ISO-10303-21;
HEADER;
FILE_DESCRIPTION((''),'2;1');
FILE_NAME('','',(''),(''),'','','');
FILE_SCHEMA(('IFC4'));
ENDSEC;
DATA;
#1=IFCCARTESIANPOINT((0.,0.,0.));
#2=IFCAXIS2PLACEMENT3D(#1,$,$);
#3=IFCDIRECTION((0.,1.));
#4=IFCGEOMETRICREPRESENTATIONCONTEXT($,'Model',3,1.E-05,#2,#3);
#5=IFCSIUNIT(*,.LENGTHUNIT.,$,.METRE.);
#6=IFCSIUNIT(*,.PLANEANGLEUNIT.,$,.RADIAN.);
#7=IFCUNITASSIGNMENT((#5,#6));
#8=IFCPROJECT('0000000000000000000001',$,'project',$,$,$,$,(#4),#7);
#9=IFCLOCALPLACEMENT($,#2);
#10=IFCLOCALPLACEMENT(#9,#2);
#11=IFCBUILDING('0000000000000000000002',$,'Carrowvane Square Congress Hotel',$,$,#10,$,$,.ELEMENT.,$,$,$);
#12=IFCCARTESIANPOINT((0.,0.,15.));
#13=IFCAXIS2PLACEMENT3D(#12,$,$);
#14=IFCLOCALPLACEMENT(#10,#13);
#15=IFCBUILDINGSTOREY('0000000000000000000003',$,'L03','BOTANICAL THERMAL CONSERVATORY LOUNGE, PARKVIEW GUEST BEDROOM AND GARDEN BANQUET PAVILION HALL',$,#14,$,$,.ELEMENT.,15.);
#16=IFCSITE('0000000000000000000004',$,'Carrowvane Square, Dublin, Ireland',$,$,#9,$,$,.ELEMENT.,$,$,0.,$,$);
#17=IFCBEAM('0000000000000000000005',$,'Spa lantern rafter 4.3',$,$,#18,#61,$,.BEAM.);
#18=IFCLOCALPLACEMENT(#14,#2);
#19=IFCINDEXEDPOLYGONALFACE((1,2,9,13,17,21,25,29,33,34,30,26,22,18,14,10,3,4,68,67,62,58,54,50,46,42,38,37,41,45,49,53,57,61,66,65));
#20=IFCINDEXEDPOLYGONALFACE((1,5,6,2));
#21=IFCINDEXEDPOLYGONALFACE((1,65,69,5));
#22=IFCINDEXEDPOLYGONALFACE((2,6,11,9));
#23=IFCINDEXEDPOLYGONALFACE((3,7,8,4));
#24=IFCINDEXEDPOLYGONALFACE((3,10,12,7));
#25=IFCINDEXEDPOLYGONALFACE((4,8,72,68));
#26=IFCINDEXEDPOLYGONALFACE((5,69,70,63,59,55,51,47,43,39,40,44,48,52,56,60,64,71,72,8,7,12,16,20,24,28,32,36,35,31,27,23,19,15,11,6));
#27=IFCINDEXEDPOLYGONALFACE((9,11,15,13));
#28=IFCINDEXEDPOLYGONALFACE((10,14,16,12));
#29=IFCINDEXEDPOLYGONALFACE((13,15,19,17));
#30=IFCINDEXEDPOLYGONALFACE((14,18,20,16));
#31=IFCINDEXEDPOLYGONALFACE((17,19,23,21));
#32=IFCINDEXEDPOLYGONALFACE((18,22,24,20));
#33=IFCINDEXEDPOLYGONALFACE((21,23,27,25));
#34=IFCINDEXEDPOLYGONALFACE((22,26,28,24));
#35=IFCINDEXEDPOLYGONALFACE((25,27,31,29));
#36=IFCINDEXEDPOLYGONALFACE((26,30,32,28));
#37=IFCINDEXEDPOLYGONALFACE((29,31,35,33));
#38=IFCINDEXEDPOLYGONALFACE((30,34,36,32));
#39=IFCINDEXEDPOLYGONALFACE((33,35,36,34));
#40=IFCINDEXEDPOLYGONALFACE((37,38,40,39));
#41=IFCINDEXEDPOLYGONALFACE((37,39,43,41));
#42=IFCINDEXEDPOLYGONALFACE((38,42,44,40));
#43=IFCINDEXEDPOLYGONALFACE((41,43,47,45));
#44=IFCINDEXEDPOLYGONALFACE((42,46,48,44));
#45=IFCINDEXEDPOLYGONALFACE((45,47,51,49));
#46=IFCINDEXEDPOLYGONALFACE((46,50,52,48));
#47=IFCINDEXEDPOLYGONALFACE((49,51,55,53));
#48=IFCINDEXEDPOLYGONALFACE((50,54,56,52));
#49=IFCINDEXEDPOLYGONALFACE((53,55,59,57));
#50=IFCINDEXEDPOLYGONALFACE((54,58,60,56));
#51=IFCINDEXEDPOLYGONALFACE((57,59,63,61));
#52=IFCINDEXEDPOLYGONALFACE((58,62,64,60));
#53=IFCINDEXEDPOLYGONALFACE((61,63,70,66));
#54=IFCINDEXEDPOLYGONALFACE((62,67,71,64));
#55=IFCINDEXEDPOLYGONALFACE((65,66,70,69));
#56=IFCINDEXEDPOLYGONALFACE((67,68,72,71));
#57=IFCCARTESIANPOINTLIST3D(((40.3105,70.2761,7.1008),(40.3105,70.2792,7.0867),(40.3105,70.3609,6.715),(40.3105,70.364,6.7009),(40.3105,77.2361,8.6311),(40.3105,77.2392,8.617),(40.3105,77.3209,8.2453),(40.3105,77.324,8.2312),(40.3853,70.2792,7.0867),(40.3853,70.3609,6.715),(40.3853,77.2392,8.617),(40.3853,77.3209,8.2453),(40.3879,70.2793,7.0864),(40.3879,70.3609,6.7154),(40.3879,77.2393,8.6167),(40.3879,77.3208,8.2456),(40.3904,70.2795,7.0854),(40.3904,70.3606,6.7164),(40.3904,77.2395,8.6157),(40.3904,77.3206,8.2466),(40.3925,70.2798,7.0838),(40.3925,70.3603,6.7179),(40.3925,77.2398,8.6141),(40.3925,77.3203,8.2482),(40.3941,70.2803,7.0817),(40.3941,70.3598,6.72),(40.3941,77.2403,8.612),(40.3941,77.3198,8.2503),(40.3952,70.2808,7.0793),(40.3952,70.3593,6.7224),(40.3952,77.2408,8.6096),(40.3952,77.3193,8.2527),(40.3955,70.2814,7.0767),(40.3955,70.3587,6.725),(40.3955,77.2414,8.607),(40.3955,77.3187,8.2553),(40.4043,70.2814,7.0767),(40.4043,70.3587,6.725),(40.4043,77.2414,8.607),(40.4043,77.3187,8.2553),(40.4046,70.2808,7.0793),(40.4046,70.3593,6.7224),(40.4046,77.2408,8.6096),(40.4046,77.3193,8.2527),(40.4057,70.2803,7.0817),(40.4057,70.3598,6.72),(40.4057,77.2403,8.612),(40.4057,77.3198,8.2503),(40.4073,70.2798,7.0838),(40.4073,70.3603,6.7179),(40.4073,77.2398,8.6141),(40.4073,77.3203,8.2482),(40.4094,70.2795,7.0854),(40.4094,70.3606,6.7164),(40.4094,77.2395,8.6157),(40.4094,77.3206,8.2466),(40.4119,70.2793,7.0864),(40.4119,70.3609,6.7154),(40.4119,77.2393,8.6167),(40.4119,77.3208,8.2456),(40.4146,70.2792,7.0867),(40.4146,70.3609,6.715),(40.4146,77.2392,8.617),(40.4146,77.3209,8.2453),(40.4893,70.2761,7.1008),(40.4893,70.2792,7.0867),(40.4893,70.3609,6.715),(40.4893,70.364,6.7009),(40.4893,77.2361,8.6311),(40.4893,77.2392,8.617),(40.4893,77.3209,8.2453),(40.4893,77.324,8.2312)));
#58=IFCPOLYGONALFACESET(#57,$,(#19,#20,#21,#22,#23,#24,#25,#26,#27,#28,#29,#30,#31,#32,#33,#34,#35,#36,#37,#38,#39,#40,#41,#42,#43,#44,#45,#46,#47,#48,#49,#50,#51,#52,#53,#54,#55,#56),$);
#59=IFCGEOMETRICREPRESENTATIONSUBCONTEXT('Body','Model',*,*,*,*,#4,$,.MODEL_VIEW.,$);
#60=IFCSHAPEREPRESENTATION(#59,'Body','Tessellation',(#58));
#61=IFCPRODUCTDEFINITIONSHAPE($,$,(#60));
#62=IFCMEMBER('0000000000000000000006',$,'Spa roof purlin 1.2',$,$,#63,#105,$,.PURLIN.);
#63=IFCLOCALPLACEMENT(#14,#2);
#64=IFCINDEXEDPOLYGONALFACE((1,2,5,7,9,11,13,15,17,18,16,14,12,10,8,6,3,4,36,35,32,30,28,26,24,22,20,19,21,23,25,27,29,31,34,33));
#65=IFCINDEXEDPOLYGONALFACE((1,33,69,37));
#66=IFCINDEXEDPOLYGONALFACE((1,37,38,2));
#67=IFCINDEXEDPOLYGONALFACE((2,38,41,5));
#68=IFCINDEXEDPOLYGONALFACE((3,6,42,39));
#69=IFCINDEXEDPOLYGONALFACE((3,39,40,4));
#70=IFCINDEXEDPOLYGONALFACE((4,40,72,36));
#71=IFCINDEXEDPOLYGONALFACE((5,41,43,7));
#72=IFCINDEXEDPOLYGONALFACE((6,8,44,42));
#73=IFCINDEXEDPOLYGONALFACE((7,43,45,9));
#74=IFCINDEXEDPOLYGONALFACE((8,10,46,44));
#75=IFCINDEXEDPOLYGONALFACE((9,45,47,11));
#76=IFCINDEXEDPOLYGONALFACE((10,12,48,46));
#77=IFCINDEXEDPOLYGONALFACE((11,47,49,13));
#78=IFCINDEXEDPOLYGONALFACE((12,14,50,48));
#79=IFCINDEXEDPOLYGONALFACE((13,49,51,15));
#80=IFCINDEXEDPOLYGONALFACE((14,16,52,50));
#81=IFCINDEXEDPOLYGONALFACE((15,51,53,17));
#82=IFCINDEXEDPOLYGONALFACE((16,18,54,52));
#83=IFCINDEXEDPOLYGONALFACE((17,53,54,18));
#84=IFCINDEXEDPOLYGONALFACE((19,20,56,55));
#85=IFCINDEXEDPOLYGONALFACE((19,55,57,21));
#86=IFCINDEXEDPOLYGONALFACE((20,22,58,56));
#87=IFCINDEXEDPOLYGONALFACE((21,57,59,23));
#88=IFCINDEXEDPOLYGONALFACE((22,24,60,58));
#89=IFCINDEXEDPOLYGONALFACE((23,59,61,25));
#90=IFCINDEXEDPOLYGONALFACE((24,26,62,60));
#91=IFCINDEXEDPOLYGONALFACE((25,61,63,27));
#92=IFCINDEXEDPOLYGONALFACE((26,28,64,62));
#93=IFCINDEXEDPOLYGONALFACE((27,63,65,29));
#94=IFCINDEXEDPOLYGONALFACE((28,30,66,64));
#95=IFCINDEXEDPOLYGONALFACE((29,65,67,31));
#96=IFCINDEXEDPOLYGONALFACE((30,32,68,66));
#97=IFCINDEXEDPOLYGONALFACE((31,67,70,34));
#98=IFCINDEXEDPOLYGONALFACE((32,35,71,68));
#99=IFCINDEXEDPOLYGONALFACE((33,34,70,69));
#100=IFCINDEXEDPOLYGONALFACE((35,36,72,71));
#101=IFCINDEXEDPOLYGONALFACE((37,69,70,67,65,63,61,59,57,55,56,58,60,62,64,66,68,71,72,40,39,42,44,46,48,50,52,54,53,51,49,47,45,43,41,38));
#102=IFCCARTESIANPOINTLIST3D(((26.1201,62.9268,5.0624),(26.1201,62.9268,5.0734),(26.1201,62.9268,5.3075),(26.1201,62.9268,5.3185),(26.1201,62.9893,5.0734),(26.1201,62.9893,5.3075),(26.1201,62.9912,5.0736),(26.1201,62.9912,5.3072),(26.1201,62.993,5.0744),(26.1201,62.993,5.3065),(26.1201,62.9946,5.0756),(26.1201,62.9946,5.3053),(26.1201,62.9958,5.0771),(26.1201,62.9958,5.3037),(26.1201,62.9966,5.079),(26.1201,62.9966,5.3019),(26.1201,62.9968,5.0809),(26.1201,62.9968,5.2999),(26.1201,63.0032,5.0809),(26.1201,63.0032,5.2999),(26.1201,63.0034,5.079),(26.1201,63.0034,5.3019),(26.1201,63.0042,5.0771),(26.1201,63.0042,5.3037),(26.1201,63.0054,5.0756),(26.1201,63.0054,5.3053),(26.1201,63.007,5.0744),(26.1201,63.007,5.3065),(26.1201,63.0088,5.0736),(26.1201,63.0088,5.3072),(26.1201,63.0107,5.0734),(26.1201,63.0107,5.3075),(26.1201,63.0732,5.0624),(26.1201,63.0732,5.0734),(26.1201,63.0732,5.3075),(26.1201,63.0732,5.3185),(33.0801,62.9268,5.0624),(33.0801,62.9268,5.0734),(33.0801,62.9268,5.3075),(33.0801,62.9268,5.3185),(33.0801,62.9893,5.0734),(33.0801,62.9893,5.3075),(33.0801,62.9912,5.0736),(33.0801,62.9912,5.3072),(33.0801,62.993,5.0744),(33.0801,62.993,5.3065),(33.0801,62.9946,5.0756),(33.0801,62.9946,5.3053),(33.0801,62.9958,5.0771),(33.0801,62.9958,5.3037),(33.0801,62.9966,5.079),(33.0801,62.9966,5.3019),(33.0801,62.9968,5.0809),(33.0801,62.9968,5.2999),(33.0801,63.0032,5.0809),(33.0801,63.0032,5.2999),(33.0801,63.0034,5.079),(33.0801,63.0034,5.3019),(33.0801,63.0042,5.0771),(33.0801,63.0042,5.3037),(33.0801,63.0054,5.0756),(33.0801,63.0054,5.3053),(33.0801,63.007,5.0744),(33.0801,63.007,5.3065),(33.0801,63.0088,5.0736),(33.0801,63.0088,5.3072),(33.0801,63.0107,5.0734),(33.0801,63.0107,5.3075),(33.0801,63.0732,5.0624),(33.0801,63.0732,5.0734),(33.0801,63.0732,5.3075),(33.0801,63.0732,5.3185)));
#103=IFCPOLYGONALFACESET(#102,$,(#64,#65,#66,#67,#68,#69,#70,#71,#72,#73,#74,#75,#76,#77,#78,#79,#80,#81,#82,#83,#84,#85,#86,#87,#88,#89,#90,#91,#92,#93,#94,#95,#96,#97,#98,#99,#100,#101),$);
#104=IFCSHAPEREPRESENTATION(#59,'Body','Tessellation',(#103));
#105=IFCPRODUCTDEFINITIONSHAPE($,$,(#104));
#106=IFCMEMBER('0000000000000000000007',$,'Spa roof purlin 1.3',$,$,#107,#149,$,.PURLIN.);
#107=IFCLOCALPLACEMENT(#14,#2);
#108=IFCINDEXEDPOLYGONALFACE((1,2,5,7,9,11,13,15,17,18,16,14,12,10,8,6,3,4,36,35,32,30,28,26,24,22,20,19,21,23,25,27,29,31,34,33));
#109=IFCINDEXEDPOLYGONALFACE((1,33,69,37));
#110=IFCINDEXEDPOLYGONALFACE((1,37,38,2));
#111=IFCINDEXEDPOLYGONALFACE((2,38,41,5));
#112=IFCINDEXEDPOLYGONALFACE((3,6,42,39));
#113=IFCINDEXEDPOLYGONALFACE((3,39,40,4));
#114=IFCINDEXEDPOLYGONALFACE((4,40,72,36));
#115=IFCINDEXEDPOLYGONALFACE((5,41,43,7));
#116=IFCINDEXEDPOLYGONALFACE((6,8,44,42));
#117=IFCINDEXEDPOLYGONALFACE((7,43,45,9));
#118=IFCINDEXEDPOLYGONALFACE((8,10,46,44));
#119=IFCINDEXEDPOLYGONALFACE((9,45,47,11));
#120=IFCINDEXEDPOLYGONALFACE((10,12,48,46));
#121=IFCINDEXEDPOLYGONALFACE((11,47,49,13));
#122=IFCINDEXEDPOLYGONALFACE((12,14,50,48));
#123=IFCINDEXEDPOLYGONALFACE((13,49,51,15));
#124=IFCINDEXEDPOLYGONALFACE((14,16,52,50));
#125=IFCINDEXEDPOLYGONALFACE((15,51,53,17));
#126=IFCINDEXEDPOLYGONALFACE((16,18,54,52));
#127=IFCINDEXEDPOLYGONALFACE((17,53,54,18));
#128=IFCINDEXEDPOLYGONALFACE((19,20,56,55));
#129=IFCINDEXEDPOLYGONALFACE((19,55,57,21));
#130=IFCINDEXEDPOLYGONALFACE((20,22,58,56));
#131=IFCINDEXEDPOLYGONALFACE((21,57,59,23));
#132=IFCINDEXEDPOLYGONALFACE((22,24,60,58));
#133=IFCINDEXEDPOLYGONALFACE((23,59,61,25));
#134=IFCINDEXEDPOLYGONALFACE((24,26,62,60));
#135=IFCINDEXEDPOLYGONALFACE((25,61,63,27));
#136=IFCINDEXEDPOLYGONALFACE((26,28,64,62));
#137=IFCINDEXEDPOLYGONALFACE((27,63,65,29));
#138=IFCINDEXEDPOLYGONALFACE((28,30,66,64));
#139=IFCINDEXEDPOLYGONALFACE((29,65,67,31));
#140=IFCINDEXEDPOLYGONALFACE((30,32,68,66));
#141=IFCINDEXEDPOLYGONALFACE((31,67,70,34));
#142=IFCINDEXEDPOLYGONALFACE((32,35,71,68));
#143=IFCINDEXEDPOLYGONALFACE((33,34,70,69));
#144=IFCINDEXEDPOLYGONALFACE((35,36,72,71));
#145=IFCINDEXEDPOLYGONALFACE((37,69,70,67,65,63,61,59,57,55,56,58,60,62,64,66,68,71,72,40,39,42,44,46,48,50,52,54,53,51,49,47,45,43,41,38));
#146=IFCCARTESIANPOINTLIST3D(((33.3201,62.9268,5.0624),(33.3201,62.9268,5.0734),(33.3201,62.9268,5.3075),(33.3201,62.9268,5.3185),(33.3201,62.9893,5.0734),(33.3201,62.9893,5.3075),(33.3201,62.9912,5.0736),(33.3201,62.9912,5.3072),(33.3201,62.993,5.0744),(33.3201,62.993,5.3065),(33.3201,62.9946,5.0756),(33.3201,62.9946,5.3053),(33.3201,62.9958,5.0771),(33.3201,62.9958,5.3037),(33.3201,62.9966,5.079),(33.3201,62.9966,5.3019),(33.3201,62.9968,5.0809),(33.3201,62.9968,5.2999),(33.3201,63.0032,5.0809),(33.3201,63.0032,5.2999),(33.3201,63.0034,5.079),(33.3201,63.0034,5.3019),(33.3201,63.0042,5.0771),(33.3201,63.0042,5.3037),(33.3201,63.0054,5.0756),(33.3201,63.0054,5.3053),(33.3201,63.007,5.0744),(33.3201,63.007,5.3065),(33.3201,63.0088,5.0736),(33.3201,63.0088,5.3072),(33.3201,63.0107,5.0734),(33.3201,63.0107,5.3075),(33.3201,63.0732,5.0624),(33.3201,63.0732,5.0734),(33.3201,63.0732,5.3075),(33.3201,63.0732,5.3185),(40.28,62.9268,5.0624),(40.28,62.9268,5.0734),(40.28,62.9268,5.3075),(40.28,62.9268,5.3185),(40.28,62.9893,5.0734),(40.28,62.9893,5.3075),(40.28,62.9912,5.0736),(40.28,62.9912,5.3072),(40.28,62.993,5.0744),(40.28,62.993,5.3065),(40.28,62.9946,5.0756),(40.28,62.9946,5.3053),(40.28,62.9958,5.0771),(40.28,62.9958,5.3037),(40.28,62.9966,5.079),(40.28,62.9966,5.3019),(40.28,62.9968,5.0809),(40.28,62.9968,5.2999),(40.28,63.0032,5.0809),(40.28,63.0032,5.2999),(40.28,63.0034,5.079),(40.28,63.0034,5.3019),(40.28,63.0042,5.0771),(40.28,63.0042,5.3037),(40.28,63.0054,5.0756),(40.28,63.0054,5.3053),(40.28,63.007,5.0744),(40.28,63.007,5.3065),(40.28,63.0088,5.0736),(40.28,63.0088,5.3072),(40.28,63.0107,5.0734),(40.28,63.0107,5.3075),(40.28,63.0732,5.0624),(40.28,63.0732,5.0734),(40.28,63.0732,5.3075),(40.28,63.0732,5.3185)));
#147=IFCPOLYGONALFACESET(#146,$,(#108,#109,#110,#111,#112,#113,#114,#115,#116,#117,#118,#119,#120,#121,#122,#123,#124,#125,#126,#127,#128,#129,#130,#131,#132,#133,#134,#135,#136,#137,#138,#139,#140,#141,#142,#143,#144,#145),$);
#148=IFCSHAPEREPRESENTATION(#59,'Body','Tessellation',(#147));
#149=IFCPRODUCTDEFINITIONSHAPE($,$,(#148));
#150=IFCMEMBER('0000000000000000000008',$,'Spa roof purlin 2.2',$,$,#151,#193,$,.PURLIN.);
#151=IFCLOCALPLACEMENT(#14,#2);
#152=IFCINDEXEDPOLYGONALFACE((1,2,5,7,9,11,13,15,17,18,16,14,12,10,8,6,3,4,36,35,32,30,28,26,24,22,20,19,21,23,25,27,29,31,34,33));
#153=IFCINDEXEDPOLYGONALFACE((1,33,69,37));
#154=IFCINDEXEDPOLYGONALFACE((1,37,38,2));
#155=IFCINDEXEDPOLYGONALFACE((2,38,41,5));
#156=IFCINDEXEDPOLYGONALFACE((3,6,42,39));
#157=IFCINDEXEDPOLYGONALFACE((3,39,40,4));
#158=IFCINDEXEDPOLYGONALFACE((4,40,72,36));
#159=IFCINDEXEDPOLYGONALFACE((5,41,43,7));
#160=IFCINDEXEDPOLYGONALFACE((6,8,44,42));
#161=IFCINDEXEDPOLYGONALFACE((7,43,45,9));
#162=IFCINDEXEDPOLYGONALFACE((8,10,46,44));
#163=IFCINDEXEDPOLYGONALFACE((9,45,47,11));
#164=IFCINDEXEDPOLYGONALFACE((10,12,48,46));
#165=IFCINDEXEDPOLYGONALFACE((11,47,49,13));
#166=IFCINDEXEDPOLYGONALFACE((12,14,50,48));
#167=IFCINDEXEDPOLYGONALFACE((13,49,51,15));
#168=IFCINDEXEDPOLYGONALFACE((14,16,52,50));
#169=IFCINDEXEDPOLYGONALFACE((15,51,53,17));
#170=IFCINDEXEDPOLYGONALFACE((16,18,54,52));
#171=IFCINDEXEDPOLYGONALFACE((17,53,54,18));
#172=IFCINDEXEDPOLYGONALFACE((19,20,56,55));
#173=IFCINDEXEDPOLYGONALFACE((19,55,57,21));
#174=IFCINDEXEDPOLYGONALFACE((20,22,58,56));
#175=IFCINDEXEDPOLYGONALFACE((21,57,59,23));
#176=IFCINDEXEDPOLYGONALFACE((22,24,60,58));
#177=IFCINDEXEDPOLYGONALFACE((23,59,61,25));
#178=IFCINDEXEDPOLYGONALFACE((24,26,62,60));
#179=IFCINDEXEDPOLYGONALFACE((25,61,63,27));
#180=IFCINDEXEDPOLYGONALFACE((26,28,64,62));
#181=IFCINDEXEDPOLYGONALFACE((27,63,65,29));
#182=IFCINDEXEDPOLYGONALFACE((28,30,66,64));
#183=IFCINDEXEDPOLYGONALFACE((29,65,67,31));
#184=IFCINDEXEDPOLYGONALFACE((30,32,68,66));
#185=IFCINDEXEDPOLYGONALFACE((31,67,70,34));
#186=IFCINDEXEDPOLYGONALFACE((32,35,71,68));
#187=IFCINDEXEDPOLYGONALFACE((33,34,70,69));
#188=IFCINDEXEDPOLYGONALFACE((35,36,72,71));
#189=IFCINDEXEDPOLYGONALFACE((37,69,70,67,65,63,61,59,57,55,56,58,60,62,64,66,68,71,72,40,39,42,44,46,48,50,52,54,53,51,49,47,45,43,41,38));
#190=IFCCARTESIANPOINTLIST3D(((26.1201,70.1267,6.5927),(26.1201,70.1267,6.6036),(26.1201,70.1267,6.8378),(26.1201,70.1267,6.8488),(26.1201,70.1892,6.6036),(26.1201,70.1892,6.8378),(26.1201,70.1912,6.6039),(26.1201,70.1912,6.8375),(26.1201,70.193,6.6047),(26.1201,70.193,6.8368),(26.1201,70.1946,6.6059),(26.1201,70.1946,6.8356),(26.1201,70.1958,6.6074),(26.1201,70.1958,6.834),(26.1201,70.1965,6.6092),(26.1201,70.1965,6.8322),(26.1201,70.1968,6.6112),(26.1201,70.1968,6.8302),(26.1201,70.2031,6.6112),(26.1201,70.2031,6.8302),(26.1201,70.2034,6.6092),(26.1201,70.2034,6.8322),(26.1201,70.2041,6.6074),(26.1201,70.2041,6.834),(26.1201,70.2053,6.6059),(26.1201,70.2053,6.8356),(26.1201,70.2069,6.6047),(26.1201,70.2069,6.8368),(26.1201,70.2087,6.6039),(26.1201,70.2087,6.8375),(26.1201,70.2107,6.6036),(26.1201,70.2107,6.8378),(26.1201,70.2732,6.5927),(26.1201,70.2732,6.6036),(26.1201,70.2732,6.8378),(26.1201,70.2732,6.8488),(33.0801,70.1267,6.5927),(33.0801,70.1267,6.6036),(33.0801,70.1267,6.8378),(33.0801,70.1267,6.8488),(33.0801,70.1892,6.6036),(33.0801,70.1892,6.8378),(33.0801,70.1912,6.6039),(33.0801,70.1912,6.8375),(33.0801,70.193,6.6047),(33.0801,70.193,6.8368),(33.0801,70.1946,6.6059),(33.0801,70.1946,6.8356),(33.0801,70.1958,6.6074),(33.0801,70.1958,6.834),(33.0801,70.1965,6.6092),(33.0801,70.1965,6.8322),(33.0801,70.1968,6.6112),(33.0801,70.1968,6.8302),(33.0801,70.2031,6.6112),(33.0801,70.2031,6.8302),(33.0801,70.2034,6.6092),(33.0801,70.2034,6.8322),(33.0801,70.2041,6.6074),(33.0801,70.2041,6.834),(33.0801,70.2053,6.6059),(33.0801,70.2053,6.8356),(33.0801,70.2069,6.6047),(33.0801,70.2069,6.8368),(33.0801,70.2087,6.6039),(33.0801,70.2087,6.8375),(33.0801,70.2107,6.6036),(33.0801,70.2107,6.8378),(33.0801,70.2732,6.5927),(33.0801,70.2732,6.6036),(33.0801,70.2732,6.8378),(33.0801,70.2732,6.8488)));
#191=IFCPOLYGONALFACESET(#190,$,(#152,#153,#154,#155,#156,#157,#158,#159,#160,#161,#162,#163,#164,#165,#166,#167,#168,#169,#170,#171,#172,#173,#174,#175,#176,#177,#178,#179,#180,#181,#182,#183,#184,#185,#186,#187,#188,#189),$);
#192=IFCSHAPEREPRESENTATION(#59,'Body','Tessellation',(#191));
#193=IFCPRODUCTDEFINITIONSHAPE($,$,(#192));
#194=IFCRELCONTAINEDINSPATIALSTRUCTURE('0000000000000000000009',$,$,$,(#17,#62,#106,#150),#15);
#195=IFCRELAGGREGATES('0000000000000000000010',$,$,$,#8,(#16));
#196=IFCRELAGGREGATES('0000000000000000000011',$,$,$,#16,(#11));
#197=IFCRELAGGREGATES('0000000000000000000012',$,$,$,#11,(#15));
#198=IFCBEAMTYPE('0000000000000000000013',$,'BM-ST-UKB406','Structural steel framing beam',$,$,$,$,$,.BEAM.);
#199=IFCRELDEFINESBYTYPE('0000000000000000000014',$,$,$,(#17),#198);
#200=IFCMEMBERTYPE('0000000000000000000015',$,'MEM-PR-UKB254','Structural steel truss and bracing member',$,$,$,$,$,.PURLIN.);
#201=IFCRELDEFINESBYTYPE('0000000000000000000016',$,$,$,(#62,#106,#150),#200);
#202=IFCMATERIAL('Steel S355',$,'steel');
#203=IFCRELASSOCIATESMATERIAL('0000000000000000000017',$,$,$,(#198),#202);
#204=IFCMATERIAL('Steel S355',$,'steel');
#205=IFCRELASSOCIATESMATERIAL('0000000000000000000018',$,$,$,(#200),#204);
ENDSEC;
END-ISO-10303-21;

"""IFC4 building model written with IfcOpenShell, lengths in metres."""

from ifc_helpers import new_model, si_unit, direction, frame, origin, origin_2d, place, context, subcontext, project, spatial, i_section, extrude, material, material_profile, profile_set, type_object, element, save


model = new_model("IFC4")

# Units and contexts
model_context = context("Model", 3, precision=1e-05, world=origin(), true_north=direction((0.0, 1.0)))
body_context = subcontext(model_context, "Body", "Model", "MODEL_VIEW")
ifc_project = project(units=[si_unit("LENGTHUNIT", "METRE"), si_unit("PLANEANGLEUNIT", "RADIAN")], contexts=[model_context])

# Site, building, storey
site_placement = place(None, origin())
site = spatial("IfcSite", under=ifc_project, at=site_placement, Name="Carrowvane Square, Dublin, Ireland", CompositionType="ELEMENT", RefElevation=0.0)
building_placement = place(site_placement, origin())
building = spatial("IfcBuilding", under=site, at=building_placement, Name="Carrowvane Square Congress Hotel", CompositionType="ELEMENT")
storey_placement = place(building_placement, frame((0.0, 0.0, 15.0)))
storey = spatial("IfcBuildingStorey", under=building, at=storey_placement, Name="L03", Description="BOTANICAL THERMAL CONSERVATORY LOUNGE, PARKVIEW GUEST BEDROOM AND GARDEN BANQUET PAVILION HALL", CompositionType="ELEMENT", Elevation=15.0)

# Beam
ifc_material_1 = material(Name="Steel S355", Category="steel")
ifc_material_profile_1 = material_profile(ifc_material_1, i_section(OverallWidth=0.1787, OverallDepth=0.4094, WebThickness=0.0088, FlangeThickness=0.0144, FilletRadius=0.0103, at=origin_2d()), Name="UKB 406x178x67")
ifc_profile_set_1 = profile_set([ifc_material_profile_1], Name="Steel S355")
beam_type_1 = type_object("IfcBeamType", Name="BM-ST-UKB406", Description="Structural steel framing beam", PredefinedType="BEAM", material=ifc_profile_set_1)
for number, where, z_axis, x_axis, name in (
    (1, (40.3999, 70.3201, 6.9009), (0.0, 0.976671, 0.214739), (-1.0, 0.0, 0.0), "Spa lantern rafter 4.3"),
):
    element("IfcBeam", number, at=place(storey_placement, frame(where, z_axis=z_axis, x_axis=x_axis)), inside=storey, type_object=beam_type_1, Name=name, PredefinedType="BEAM", context=body_context, shape_type="SweptSolid", body=[
        extrude(i_section(OverallWidth=0.1787, OverallDepth=0.4094, WebThickness=0.0088, FlangeThickness=0.0144, FilletRadius=0.0103, at=origin_2d()), origin(), (0.0, 0.0, 1.0), 7.1262),
    ])

# Members
ifc_material_2 = material(Name="Steel S355", Category="steel")
ifc_material_profile_2 = material_profile(ifc_material_2, i_section(OverallWidth=0.1465, OverallDepth=0.2561, WebThickness=0.0063, FlangeThickness=0.011, FilletRadius=0.0076, at=origin_2d()), Name="UKB 254x146x37")
ifc_profile_set_2 = profile_set([ifc_material_profile_2], Name="Steel S355")
member_type = type_object("IfcMemberType", Name="MEM-PR-UKB254", Description="Structural steel truss and bracing member", PredefinedType="PURLIN", material=ifc_profile_set_2)
for number, where, z_axis, x_axis, name in (
    (2, (26.1201, 63.0, 5.1904), (1.0, 0.0, 0.0), (0.0, 1.0, 0.0), "Spa roof purlin 1.2"),
    (3, (33.3201, 63.0, 5.1904), (1.0, 0.0, 0.0), (0.0, 1.0, 0.0), "Spa roof purlin 1.3"),
    (4, (26.1201, 70.2, 6.7207), (1.0, 0.0, 0.0), (0.0, 1.0, 0.0), "Spa roof purlin 2.2"),
):
    element("IfcMember", number, at=place(storey_placement, frame(where, z_axis=z_axis, x_axis=x_axis)), inside=storey, type_object=member_type, Name=name, PredefinedType="PURLIN", context=body_context, shape_type="SweptSolid", body=[
        extrude(i_section(OverallWidth=0.1465, OverallDepth=0.2561, WebThickness=0.0063, FlangeThickness=0.011, FilletRadius=0.0076, at=origin_2d()), origin(), (0.0, 0.0, 1.0), 6.96),
    ])

save(model, "model.ifc")
